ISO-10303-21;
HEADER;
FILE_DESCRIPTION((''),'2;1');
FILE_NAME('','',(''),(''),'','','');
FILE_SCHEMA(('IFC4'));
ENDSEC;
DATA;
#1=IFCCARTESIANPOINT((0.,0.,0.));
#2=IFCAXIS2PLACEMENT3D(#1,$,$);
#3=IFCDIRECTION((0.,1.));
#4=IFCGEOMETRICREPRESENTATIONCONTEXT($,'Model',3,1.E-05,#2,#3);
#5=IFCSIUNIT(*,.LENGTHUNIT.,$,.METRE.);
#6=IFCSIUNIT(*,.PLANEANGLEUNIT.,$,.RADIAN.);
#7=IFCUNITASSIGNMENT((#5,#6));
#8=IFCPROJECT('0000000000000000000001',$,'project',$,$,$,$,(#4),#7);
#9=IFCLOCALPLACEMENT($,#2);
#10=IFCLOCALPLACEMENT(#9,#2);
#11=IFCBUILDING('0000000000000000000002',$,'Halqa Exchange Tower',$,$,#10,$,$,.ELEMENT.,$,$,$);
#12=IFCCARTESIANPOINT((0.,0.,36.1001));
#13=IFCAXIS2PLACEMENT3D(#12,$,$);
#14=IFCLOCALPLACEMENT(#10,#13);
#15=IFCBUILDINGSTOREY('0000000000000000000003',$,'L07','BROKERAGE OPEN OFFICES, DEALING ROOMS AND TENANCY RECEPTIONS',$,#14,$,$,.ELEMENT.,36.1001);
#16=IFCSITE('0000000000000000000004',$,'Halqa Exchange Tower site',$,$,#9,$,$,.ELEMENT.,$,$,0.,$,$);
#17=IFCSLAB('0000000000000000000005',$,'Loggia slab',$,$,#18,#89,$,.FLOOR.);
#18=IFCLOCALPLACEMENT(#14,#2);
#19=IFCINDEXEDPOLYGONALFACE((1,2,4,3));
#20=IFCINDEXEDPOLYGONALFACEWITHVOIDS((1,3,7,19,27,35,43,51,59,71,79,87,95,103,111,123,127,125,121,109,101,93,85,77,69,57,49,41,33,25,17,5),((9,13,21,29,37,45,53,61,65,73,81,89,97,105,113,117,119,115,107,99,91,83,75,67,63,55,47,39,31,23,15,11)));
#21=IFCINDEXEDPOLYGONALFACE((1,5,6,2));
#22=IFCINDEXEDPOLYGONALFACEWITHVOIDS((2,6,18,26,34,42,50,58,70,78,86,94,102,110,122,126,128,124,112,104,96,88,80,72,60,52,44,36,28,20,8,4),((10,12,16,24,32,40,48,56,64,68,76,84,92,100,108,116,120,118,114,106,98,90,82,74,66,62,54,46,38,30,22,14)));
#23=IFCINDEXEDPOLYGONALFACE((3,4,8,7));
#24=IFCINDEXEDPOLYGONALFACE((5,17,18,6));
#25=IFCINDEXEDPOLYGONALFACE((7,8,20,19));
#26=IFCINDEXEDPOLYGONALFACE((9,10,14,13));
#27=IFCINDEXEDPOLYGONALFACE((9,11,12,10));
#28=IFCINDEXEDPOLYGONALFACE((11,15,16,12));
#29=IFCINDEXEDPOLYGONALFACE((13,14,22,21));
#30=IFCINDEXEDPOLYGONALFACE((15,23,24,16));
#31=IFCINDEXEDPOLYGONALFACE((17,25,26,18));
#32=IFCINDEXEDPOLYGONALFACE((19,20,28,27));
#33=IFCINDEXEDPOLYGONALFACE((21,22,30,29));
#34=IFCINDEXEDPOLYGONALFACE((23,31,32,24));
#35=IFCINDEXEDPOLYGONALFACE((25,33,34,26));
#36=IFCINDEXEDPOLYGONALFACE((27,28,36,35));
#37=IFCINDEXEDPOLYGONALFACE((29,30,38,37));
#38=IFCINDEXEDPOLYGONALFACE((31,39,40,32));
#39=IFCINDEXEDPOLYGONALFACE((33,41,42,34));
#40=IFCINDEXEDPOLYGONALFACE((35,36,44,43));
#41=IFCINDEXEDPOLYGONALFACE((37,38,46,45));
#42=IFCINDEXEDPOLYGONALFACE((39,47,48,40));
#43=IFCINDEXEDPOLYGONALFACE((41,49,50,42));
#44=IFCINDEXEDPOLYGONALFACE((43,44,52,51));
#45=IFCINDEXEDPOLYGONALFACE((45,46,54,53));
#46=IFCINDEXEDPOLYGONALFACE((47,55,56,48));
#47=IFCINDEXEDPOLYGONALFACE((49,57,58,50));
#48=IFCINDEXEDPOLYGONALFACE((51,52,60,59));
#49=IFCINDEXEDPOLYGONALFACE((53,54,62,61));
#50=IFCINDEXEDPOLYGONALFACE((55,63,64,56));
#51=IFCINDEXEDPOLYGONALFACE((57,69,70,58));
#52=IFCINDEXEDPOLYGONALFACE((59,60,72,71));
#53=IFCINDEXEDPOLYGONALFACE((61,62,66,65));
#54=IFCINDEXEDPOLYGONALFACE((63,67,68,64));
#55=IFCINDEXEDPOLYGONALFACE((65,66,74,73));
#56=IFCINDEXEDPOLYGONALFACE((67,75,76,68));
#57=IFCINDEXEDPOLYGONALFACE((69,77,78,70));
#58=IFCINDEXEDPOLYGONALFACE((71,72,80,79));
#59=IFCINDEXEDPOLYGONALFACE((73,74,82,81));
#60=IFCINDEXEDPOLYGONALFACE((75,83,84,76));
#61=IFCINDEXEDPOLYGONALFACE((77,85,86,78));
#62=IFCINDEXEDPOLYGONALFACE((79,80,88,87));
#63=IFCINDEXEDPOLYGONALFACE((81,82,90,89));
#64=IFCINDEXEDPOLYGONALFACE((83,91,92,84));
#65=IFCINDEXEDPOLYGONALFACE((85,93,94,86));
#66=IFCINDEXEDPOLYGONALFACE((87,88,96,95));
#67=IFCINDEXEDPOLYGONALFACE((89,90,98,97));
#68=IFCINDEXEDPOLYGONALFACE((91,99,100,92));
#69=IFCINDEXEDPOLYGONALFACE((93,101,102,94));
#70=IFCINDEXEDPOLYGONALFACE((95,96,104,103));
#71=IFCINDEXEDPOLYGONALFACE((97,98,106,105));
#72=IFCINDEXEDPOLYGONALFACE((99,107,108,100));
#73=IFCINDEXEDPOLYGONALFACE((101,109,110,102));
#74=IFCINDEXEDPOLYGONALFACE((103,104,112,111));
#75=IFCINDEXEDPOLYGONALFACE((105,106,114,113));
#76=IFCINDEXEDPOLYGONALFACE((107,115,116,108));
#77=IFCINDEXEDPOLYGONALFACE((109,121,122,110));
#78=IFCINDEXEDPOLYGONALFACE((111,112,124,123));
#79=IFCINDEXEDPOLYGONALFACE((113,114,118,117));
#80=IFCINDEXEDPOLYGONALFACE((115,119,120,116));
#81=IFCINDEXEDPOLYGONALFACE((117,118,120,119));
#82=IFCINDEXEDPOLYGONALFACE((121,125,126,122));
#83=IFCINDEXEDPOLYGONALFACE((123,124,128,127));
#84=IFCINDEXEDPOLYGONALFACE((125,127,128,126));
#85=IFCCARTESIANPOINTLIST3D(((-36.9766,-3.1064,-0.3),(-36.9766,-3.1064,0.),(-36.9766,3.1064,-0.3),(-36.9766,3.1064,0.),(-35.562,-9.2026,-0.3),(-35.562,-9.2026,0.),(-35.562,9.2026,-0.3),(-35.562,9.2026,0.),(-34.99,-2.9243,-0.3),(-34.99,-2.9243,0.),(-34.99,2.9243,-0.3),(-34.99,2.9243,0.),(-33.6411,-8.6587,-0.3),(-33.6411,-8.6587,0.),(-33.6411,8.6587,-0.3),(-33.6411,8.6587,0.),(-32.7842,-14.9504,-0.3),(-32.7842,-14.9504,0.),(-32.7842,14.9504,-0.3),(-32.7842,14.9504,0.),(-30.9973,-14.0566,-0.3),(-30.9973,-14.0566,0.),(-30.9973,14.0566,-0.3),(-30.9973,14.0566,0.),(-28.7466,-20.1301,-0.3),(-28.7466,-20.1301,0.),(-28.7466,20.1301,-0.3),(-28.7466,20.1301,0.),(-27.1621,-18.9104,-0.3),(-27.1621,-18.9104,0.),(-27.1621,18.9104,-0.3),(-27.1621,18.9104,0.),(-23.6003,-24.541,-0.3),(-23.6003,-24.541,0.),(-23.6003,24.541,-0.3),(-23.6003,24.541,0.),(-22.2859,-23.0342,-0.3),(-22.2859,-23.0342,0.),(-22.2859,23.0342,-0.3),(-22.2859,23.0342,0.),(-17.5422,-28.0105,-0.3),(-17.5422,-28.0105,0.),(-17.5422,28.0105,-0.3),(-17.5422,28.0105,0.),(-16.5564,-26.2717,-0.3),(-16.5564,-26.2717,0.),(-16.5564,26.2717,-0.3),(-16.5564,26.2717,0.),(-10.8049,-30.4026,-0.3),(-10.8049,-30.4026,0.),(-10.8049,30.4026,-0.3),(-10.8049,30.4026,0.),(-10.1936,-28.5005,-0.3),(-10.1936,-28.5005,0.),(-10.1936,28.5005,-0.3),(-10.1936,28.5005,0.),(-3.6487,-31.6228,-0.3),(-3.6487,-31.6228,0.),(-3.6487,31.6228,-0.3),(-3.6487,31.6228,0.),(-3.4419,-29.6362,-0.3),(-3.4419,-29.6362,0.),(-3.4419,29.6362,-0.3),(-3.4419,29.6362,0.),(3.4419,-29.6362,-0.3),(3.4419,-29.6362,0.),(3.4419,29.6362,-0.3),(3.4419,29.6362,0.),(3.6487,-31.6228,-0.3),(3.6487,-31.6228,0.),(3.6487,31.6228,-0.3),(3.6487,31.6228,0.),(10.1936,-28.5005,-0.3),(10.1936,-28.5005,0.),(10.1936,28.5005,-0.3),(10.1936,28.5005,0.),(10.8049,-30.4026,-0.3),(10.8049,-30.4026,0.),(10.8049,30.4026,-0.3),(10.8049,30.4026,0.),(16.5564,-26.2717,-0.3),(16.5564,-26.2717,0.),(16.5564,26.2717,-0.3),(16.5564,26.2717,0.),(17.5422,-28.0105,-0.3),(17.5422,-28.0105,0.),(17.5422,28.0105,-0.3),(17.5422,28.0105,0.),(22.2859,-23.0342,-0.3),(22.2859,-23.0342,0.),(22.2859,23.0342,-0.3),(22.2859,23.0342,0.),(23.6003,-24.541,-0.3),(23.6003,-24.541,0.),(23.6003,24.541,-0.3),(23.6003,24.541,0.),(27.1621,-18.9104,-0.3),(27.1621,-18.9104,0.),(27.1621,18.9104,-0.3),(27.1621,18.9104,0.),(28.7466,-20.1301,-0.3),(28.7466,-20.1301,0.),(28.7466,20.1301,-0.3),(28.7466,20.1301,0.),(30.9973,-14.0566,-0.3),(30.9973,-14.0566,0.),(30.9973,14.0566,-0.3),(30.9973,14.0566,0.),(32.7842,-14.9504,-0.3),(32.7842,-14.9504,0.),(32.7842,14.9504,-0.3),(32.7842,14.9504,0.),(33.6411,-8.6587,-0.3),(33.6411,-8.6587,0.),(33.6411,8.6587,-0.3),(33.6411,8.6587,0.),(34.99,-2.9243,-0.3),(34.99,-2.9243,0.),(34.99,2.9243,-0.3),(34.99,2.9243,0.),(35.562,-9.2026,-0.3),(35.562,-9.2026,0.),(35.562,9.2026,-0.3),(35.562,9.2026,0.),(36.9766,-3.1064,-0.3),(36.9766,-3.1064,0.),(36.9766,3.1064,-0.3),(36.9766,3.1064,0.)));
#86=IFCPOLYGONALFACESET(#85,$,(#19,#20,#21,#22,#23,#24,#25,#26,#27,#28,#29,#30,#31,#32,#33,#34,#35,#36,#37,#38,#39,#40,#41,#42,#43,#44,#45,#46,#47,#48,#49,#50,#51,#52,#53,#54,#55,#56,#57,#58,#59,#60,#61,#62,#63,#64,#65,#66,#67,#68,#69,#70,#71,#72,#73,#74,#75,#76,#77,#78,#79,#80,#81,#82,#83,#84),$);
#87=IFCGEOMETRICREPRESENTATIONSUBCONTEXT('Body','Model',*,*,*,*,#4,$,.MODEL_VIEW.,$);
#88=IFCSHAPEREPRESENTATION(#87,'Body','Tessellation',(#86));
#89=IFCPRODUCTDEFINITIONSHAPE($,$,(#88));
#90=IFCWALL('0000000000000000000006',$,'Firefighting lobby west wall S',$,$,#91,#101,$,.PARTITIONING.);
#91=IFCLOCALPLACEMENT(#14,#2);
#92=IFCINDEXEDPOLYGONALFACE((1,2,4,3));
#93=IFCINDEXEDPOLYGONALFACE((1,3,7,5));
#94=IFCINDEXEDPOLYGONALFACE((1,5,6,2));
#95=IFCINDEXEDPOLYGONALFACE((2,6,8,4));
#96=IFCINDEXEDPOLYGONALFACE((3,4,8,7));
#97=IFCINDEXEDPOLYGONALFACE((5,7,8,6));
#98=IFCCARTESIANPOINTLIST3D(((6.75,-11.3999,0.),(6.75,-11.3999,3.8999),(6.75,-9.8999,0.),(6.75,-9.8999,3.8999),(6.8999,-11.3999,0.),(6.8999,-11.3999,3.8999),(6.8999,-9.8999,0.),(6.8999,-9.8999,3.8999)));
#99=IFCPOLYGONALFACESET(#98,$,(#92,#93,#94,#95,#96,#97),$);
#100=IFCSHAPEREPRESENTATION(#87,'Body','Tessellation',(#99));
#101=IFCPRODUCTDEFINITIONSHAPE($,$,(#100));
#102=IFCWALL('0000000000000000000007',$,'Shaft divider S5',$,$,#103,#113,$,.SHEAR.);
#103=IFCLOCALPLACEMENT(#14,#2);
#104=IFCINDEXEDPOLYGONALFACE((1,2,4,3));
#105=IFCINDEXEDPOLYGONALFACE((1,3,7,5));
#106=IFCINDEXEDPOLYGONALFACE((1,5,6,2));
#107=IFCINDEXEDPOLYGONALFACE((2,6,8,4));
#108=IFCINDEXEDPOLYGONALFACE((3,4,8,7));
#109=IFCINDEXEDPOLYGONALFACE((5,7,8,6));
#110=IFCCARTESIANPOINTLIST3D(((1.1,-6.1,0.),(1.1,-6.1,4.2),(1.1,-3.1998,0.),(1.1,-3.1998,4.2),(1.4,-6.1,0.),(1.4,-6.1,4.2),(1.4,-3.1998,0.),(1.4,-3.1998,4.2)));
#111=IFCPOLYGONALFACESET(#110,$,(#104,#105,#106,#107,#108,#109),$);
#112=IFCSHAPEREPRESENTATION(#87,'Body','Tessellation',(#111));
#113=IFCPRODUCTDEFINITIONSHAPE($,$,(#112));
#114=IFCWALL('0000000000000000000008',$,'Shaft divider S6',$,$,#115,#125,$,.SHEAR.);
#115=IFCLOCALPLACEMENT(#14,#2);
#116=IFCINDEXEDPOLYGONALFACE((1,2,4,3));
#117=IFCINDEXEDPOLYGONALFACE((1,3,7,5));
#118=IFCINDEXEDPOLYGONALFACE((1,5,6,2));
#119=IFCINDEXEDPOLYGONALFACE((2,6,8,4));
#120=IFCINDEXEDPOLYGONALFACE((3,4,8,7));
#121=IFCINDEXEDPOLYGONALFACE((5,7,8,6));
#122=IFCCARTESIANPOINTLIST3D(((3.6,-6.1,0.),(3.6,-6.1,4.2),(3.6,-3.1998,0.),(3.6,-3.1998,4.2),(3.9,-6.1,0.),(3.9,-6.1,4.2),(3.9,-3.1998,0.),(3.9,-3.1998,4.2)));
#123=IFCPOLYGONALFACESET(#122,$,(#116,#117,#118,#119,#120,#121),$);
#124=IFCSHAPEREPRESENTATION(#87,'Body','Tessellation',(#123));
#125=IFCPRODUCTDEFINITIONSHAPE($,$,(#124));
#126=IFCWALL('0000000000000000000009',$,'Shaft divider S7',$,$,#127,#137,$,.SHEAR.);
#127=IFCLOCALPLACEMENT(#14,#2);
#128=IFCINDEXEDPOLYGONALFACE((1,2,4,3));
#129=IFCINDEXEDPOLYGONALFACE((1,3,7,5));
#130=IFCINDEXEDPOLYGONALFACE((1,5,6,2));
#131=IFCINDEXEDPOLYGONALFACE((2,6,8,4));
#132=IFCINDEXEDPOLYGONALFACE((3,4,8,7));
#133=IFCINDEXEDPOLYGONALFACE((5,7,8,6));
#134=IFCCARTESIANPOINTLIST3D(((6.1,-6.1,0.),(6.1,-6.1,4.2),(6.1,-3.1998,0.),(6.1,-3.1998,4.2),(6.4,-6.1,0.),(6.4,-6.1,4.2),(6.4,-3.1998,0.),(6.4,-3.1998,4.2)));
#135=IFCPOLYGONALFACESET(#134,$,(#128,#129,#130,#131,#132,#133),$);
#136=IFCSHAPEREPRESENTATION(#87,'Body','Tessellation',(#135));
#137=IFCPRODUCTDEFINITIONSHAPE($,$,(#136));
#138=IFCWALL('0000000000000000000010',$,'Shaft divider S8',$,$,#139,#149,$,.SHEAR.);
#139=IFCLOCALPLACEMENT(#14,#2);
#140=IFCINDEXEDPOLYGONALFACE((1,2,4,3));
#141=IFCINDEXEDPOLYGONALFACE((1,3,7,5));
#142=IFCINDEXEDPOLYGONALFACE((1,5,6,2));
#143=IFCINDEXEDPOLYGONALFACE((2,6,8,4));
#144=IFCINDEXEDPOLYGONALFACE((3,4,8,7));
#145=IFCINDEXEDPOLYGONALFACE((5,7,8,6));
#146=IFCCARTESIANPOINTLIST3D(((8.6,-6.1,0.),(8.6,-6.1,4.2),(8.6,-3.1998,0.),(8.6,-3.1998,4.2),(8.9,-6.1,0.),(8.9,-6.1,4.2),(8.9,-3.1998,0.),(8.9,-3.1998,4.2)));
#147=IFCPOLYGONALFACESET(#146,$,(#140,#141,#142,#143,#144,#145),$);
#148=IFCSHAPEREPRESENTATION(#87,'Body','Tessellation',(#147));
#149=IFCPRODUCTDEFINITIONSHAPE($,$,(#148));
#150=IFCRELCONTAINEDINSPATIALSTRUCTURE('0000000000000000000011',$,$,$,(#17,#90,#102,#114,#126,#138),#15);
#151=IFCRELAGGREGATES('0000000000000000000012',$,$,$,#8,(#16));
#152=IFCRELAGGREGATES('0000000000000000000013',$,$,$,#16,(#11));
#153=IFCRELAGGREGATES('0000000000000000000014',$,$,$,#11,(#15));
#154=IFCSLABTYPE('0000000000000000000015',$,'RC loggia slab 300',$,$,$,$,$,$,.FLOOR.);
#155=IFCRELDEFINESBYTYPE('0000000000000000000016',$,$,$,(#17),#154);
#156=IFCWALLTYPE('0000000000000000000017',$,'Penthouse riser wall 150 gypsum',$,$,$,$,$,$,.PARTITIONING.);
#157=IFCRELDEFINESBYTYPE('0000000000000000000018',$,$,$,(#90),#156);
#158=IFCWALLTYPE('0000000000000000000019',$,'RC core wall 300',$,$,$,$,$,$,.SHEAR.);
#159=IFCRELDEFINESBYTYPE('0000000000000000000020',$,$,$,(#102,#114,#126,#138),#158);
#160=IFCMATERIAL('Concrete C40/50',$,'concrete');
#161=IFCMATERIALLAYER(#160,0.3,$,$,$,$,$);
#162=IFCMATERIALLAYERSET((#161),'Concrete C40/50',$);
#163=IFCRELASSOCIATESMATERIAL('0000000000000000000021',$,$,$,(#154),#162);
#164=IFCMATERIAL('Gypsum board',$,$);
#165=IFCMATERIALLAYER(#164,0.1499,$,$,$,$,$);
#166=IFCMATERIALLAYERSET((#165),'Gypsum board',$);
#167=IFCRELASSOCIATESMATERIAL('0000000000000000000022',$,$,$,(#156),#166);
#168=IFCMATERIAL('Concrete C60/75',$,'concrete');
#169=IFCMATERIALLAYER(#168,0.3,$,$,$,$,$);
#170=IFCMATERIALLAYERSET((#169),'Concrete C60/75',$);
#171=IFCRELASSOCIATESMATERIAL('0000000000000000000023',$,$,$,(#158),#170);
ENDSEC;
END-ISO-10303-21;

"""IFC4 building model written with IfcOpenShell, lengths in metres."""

from ifc_helpers import new_model, si_unit, direction, frame, frame_2d, origin, place, context, subcontext, project, spatial, polyline, rectangle, outline, extrude, material, layer, layer_set, type_object, element, save


model = new_model("IFC4")

# Units and contexts
model_context = context("Model", 3, precision=1e-05, world=origin(), true_north=direction((0.0, 1.0)))
body_context = subcontext(model_context, "Body", "Model", "MODEL_VIEW")
ifc_project = project(units=[si_unit("LENGTHUNIT", "METRE"), si_unit("PLANEANGLEUNIT", "RADIAN")], contexts=[model_context])

# Site, building, storey
site_placement = place(None, origin())
site = spatial("IfcSite", under=ifc_project, at=site_placement, Name="Halqa Exchange Tower site", CompositionType="ELEMENT", RefElevation=0.0)
building_placement = place(site_placement, origin())
building = spatial("IfcBuilding", under=site, at=building_placement, Name="Halqa Exchange Tower", CompositionType="ELEMENT")
storey_placement = place(building_placement, frame((0.0, 0.0, 36.1001)))
storey = spatial("IfcBuildingStorey", under=building, at=storey_placement, Name="L07", Description="BROKERAGE OPEN OFFICES, DEALING ROOMS AND TENANCY RECEPTIONS", CompositionType="ELEMENT", Elevation=36.1001)

# Slab
ifc_material_1 = material(Name="Concrete C60/75", Category="concrete")
ifc_material_2 = material(Name="Concrete C40/50", Category="concrete")
ifc_layer_1 = layer(ifc_material_2, 0.3)
ifc_layer_set_1 = layer_set([ifc_layer_1], Name="Concrete C40/50")
slab_type_1 = type_object("IfcSlabType", Name="RC loggia slab 300", PredefinedType="FLOOR", material=ifc_layer_set_1)
slab_1_placement = place(storey_placement, frame((0.0, 0.0, -0.3)))
element("IfcSlab", 1, at=slab_1_placement, inside=storey, type_object=slab_type_1, Name="Loggia slab", PredefinedType="FLOOR", context=body_context, shape_type="SweptSolid", body=[
    extrude(outline(polyline([(36.9766, 3.1064), (36.9766, -3.1064), (35.562, -9.2026), (32.7842, -14.9504), (28.7466, -20.1301), (23.6003, -24.541), (17.5422, -28.0105), (10.8049, -30.4026), (3.6487, -31.6228), (-3.6487, -31.6228), (-10.8049, -30.4026), (-17.5422, -28.0105), (-23.6003, -24.541), (-28.7466, -20.1301), (-32.7842, -14.9504), (-35.562, -9.2026), (-36.9766, -3.1064), (-36.9766, 3.1064), (-35.562, 9.2026), (-32.7842, 14.9504), (-28.7466, 20.1301), (-23.6003, 24.541), (-17.5422, 28.0105), (-10.8049, 30.4026), (-3.6487, 31.6228), (3.6487, 31.6228), (10.8049, 30.4026), (17.5422, 28.0105), (23.6003, 24.541), (28.7466, 20.1301), (32.7842, 14.9504), (35.562, 9.2026), (36.9766, 3.1064)]), holes=[polyline([(34.99, 2.9243), (33.6411, 8.6587), (30.9973, 14.0566), (27.1621, 18.9104), (22.2859, 23.0342), (16.5564, 26.2717), (10.1936, 28.5005), (3.4419, 29.6362), (-3.4419, 29.6362), (-10.1936, 28.5005), (-16.5564, 26.2717), (-22.2859, 23.0342), (-27.1621, 18.9104), (-30.9973, 14.0566), (-33.6411, 8.6587), (-34.99, 2.9243), (-34.99, -2.9243), (-33.6411, -8.6587), (-30.9973, -14.0566), (-27.1621, -18.9104), (-22.2859, -23.0342), (-16.5564, -26.2717), (-10.1936, -28.5005), (-3.4419, -29.6362), (3.4419, -29.6362), (10.1936, -28.5005), (16.5564, -26.2717), (22.2859, -23.0342), (27.1621, -18.9104), (30.9973, -14.0566), (33.6411, -8.6587), (34.99, -2.9243), (34.99, 2.9243)])]), origin(), (0.0, 0.0, 1.0), 0.3),
])

# Walls
ifc_material_3 = material(Name="Gypsum board")
ifc_layer_2 = layer(ifc_material_3, 0.1499)
ifc_layer_set_2 = layer_set([ifc_layer_2], Name="Gypsum board")
wall_type_1 = type_object("IfcWallType", Name="Penthouse riser wall 150 gypsum", PredefinedType="PARTITIONING", material=ifc_layer_set_2)
wall_1_placement = place(storey_placement, frame((6.825, -11.3999, 0.0), z_axis=(0.0, 0.0, 1.0), x_axis=(0.0, 1.0, 0.0)))
element("IfcWall", 2, at=wall_1_placement, inside=storey, type_object=wall_type_1, Name="Firefighting lobby west wall S", PredefinedType="PARTITIONING", context=body_context, shape_type="SweptSolid", body=[
    extrude(rectangle(XDim=1.5, YDim=0.1499, at=frame_2d((0.75, 0.0))), origin(), (0.0, 0.0, 1.0), 3.8999),
])
ifc_layer_3 = layer(ifc_material_1, 0.3)
ifc_layer_set_3 = layer_set([ifc_layer_3], Name="Concrete C60/75")
wall_type_2 = type_object("IfcWallType", Name="RC core wall 300", PredefinedType="SHEAR", material=ifc_layer_set_3)
for number, where, z_axis, x_axis, name in (
    (3, (1.25, -6.1001, 0.0), (0.0, 0.0, 1.0), (0.0, 1.0, 0.0), "Shaft divider S5"),
    (4, (3.75, -6.1001, 0.0), (0.0, 0.0, 1.0), (0.0, 1.0, 0.0), "Shaft divider S6"),
    (5, (6.25, -6.1001, 0.0), (0.0, 0.0, 1.0), (0.0, 1.0, 0.0), "Shaft divider S7"),
    (6, (8.75, -6.1001, 0.0), (0.0, 0.0, 1.0), (0.0, 1.0, 0.0), "Shaft divider S8"),
):
    element("IfcWall", number, at=place(storey_placement, frame(where, z_axis=z_axis, x_axis=x_axis)), inside=storey, type_object=wall_type_2, Name=name, PredefinedType="SHEAR", context=body_context, shape_type="SweptSolid", body=[
        extrude(rectangle(XDim=2.9001, YDim=0.3, at=frame_2d((1.4502, 0.0))), origin(), (0.0, 0.0, 1.0), 4.2),
    ])

save(model, "model.ifc")
